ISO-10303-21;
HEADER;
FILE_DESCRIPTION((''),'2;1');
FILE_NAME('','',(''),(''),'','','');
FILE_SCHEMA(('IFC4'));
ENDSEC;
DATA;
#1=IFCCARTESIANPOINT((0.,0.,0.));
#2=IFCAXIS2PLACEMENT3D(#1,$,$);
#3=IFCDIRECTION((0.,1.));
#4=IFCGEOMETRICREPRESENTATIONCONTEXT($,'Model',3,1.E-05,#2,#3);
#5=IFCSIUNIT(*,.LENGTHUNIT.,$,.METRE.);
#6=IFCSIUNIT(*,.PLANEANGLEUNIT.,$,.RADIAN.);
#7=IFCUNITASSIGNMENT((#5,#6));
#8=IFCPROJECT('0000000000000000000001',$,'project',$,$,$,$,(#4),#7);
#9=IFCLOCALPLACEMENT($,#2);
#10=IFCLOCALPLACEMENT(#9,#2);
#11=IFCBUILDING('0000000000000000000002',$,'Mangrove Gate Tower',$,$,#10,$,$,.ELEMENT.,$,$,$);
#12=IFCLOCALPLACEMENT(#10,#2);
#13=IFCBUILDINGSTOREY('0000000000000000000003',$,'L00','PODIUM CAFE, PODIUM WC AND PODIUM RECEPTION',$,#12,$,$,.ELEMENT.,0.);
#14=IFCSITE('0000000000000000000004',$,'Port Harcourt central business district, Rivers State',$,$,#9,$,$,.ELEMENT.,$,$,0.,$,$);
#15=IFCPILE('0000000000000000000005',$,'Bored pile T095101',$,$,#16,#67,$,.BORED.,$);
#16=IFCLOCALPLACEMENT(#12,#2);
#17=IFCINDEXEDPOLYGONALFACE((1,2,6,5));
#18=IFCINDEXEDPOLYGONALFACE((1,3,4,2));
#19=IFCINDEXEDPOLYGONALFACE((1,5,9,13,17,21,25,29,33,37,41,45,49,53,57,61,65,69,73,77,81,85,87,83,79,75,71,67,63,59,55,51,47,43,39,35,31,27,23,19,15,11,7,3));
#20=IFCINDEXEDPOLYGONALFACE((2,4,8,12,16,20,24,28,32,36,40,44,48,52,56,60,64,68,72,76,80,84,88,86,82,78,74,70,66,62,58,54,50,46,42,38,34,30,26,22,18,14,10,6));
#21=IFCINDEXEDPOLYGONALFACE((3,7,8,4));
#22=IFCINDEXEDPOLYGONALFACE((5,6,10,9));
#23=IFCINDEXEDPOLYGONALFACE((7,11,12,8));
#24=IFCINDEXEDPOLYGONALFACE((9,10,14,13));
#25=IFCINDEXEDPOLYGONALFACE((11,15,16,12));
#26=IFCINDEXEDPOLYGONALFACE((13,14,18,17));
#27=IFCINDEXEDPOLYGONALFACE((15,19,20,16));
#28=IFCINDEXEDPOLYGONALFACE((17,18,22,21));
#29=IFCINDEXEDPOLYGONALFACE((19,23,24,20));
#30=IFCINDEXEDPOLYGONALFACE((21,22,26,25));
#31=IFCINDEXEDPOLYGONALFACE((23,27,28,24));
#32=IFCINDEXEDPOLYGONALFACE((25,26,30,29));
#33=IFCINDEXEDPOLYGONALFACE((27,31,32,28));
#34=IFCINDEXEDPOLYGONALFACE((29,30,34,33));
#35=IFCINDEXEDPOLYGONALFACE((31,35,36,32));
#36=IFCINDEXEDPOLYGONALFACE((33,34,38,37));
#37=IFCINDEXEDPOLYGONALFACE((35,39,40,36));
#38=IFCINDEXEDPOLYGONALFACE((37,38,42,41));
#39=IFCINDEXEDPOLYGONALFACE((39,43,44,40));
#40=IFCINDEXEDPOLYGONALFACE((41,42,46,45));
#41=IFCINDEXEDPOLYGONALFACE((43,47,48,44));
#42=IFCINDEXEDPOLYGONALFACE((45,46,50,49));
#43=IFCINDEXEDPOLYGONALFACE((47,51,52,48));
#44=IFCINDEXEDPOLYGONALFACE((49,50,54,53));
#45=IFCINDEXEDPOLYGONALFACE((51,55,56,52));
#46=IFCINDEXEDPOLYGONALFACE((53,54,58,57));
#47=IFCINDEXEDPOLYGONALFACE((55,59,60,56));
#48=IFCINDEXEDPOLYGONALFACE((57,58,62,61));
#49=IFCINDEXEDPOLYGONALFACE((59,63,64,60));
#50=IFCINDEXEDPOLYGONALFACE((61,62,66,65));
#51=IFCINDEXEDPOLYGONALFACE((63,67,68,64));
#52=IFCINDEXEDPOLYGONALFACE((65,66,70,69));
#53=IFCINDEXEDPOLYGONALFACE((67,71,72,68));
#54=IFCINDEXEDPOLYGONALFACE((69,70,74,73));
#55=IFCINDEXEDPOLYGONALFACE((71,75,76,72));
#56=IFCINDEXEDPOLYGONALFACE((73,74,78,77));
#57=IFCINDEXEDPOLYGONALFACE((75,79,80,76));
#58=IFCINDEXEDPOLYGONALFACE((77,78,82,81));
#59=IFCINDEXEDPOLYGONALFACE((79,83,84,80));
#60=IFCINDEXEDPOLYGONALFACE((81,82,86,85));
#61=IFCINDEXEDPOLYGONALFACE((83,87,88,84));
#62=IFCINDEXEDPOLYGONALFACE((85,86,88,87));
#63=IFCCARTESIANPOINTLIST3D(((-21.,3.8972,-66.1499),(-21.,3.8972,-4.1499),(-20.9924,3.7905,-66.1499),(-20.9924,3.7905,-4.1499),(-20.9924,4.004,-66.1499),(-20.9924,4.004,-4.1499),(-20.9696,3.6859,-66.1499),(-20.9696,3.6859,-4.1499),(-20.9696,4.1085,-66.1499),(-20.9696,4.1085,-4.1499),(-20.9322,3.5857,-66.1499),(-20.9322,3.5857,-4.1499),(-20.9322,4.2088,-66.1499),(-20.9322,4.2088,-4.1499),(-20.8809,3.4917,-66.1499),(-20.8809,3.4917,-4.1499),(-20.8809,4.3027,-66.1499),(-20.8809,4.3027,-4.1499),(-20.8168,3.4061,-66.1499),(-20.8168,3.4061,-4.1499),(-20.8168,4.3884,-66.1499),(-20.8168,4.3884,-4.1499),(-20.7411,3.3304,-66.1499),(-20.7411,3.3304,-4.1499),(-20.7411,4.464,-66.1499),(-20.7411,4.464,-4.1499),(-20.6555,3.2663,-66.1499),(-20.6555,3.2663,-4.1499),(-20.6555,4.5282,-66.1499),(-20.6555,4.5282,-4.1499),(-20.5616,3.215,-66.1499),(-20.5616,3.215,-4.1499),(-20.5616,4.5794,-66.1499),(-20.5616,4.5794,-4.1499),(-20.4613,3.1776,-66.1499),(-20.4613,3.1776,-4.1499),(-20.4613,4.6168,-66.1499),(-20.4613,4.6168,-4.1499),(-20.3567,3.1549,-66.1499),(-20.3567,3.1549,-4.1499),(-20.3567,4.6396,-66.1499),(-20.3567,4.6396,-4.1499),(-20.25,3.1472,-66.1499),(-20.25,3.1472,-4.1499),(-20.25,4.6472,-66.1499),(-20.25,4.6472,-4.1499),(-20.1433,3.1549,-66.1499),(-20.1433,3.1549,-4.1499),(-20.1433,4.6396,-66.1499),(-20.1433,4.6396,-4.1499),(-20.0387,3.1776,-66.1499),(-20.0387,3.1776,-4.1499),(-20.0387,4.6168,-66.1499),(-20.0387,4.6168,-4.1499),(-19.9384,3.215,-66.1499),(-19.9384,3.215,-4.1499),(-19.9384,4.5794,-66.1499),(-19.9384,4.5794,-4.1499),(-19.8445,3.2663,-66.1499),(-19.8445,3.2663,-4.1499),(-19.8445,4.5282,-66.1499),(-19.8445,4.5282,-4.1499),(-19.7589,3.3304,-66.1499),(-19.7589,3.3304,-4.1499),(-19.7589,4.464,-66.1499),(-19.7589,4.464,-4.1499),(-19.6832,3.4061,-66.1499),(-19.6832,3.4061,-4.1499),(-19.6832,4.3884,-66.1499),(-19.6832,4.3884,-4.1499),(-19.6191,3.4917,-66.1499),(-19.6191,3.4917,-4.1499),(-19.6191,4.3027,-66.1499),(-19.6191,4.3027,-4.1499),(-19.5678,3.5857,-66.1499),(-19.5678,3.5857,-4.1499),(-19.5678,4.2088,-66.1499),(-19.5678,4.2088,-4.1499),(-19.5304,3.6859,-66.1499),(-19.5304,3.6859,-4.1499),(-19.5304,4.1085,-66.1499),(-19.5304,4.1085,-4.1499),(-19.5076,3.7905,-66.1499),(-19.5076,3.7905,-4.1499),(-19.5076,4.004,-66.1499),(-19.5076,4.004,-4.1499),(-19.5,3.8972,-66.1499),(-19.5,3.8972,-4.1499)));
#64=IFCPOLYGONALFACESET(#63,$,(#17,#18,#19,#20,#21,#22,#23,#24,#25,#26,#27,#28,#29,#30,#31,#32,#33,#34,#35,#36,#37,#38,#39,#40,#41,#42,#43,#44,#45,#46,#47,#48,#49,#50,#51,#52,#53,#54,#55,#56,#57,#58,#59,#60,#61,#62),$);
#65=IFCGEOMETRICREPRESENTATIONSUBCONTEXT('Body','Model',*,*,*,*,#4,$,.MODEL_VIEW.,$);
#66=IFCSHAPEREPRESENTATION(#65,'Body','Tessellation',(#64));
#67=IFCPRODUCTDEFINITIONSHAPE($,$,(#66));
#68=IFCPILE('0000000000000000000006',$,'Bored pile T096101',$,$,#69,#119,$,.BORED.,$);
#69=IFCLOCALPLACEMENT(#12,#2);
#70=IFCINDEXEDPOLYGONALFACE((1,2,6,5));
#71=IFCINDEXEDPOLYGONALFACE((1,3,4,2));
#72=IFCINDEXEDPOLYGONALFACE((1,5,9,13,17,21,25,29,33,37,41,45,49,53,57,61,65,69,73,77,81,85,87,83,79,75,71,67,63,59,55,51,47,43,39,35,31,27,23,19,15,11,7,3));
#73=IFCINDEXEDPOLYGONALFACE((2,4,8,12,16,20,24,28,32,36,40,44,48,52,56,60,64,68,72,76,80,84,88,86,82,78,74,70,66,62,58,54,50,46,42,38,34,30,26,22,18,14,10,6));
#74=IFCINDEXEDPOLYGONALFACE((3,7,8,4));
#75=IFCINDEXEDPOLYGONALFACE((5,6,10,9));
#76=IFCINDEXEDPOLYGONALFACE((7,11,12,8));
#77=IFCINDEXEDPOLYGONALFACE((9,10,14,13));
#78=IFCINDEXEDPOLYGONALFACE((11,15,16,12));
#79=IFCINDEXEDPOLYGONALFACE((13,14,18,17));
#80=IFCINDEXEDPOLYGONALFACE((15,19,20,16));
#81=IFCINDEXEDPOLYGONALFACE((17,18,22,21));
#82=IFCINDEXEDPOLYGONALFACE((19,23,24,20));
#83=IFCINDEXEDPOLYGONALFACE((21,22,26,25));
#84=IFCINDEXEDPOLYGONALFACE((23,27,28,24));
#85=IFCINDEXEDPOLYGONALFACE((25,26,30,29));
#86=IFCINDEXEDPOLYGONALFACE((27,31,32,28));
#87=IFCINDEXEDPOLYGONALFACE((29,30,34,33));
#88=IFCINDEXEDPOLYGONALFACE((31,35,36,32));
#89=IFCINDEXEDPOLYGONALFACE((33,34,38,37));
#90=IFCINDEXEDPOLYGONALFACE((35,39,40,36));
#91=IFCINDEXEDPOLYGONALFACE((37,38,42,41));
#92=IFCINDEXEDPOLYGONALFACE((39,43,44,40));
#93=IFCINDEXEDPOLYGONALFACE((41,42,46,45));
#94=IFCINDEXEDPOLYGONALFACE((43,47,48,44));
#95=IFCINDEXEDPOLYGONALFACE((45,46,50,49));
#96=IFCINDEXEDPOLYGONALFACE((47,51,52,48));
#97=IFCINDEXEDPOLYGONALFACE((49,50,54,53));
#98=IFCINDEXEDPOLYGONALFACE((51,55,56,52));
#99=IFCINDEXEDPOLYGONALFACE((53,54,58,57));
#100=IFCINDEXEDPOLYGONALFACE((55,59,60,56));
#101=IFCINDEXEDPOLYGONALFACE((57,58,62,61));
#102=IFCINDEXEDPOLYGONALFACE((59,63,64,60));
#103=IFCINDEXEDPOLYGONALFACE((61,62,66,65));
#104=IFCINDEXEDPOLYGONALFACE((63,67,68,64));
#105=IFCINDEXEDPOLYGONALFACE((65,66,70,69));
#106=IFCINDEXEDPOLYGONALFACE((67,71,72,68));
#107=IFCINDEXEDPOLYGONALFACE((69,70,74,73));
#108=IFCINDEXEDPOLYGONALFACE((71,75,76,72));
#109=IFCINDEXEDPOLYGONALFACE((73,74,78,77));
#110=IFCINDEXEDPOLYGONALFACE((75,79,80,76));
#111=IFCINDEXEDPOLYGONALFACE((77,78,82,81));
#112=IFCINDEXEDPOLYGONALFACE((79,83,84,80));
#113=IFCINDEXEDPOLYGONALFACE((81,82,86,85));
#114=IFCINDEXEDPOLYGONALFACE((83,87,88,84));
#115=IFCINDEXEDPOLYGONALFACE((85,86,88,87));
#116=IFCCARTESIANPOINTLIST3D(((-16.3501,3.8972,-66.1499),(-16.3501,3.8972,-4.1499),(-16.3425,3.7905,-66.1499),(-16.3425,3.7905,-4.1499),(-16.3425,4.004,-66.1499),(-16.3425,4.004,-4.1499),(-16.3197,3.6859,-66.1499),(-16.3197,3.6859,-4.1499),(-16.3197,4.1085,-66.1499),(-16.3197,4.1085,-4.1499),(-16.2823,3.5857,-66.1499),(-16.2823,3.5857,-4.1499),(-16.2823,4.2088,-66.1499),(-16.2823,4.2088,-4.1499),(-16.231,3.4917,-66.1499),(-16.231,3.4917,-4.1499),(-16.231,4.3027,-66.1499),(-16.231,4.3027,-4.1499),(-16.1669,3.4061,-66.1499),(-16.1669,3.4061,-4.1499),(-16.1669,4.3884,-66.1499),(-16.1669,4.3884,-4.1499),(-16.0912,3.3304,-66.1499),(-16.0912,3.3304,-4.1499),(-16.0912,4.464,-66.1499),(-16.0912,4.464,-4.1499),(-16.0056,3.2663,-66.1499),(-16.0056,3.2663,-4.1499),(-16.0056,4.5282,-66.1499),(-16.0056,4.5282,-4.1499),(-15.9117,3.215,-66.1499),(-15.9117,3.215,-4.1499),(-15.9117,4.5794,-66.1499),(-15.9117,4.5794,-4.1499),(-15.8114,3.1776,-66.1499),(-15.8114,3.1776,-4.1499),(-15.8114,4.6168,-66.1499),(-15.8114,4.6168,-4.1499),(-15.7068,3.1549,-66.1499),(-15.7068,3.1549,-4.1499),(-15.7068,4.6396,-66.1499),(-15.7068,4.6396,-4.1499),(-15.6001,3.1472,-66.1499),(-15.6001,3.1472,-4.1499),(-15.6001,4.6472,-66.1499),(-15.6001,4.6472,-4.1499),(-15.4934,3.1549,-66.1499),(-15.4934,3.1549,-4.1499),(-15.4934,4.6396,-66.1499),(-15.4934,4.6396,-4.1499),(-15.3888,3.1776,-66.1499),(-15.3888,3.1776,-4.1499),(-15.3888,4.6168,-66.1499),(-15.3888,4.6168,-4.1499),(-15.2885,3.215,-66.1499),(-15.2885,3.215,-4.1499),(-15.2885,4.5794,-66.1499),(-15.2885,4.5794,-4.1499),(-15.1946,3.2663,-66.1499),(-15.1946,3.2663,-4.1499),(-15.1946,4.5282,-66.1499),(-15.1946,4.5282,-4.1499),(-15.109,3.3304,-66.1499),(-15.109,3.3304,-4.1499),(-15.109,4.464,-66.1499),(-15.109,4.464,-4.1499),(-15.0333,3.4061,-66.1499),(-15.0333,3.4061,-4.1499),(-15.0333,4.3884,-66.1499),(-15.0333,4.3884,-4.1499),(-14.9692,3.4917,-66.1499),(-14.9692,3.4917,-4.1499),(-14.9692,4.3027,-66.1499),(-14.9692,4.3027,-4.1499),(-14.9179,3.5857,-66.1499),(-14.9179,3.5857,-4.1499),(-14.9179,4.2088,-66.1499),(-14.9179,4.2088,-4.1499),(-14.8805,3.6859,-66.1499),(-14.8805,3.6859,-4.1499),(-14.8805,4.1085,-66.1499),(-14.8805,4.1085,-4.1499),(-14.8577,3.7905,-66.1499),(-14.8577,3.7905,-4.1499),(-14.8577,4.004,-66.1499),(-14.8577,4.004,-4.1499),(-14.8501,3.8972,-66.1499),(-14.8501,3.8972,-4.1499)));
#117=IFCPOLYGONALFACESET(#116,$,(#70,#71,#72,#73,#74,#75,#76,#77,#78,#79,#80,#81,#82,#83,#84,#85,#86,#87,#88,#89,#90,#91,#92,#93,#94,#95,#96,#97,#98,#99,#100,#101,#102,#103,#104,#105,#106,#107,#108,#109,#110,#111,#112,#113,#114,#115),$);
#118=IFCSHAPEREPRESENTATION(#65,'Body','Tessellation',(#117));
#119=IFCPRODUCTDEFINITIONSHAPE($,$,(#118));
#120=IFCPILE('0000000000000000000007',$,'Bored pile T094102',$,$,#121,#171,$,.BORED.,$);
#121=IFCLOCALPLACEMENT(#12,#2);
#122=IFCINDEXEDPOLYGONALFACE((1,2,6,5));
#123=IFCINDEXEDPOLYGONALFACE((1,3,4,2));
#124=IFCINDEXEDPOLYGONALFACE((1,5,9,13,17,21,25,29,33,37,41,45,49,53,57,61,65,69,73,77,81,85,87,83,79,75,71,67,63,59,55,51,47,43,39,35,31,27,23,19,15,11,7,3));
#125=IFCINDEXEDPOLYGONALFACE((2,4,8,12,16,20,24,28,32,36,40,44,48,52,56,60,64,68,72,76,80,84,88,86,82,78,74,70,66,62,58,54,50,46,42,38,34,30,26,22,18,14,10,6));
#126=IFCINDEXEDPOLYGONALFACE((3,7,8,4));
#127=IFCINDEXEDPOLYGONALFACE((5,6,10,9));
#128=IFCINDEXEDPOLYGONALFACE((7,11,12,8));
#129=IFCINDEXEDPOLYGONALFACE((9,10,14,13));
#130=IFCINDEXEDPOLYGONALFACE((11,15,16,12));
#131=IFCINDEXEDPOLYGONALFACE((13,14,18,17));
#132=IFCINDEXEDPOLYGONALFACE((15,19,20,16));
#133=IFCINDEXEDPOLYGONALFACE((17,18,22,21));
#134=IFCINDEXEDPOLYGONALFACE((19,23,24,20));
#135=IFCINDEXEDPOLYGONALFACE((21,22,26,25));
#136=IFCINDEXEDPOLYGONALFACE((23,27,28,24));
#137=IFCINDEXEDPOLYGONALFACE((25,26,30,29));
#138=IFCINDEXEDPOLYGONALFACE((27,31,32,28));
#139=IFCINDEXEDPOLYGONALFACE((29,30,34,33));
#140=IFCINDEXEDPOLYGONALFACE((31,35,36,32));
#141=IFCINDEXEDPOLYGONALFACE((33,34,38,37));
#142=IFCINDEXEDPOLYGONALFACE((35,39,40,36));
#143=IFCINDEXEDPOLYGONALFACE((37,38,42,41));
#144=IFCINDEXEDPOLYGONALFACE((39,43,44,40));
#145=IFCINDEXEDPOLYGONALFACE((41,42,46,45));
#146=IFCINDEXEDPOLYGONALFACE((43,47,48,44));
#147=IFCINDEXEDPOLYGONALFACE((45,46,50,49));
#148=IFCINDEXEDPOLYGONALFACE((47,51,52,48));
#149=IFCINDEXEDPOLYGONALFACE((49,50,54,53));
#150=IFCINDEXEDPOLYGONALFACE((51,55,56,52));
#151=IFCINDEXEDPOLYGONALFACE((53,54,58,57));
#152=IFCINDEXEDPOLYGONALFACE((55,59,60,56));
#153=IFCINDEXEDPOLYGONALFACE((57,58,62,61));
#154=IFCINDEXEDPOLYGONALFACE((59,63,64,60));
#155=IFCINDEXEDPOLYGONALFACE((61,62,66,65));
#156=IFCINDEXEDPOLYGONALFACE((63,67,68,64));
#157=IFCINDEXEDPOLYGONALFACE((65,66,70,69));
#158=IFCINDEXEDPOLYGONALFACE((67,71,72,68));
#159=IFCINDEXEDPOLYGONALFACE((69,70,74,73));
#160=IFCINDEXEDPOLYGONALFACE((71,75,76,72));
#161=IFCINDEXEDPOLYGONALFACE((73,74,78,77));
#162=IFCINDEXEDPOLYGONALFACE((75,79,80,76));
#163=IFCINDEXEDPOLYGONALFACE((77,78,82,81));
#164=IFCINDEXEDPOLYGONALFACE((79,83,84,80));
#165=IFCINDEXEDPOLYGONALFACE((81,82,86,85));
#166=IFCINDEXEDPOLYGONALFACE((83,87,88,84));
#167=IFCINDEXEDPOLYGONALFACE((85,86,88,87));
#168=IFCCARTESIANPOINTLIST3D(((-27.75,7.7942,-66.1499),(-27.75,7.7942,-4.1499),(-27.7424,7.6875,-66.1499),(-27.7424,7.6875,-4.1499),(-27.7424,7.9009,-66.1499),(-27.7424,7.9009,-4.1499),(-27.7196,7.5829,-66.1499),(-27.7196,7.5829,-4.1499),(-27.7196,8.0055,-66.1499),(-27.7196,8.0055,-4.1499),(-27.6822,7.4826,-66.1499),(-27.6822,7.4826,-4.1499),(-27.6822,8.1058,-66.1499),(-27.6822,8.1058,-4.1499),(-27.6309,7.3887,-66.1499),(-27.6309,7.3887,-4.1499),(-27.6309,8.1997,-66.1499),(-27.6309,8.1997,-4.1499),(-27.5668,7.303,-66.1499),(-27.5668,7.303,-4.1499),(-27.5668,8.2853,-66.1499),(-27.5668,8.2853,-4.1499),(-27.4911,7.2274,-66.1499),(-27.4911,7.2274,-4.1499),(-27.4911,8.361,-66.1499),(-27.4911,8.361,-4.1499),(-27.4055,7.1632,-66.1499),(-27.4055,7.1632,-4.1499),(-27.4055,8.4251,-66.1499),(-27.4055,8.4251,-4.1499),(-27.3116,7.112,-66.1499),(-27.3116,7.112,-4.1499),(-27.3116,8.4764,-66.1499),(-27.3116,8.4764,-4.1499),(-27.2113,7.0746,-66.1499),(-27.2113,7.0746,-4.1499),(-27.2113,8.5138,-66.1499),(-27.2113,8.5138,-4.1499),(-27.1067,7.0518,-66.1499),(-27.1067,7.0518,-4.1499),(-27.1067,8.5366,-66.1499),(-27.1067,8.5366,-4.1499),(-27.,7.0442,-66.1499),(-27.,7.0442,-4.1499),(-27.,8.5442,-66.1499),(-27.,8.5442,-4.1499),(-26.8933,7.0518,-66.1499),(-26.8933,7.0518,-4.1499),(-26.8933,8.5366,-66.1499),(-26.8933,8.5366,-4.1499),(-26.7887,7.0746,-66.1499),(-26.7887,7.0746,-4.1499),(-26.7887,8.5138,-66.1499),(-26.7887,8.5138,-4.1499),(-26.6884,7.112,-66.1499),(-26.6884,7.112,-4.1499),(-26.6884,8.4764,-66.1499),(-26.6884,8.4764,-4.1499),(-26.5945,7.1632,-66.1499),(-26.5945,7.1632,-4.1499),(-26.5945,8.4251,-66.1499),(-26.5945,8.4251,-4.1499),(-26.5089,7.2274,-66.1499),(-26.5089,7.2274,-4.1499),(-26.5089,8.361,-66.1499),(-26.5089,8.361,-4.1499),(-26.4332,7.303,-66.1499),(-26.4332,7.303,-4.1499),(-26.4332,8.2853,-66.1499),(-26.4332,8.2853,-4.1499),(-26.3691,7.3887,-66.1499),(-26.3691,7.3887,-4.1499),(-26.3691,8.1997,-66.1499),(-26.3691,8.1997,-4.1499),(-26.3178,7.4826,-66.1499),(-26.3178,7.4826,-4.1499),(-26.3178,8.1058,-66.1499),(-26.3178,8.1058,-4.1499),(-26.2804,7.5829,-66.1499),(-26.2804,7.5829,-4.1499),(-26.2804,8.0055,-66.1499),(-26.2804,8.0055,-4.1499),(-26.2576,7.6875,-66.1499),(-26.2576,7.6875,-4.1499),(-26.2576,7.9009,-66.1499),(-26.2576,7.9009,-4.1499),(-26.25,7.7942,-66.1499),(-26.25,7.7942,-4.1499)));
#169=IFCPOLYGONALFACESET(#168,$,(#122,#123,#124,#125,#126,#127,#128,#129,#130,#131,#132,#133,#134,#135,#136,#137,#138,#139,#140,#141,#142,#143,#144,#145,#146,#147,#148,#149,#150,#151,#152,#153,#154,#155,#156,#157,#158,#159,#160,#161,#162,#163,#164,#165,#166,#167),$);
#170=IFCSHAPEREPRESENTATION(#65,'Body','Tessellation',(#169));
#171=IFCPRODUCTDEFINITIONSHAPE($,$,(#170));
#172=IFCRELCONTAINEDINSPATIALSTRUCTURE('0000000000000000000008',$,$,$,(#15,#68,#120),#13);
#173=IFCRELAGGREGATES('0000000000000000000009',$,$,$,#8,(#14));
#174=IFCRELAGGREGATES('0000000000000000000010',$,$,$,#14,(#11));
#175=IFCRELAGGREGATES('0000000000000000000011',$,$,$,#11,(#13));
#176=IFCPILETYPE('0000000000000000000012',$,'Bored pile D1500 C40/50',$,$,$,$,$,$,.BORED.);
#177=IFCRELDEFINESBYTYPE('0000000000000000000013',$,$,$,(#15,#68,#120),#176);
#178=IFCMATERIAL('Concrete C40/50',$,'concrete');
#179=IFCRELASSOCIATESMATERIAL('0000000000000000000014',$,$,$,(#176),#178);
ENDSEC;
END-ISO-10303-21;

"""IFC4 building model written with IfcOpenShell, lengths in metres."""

from ifc_helpers import new_model, si_unit, direction, frame, origin, origin_2d, place, context, subcontext, project, spatial, circle, extrude, material, material_profile, profile_set, type_object, element, save


model = new_model("IFC4")

# Units and contexts
model_context = context("Model", 3, precision=1e-05, world=origin(), true_north=direction((0.0, 1.0)))
body_context = subcontext(model_context, "Body", "Model", "MODEL_VIEW")
ifc_project = project(units=[si_unit("LENGTHUNIT", "METRE"), si_unit("PLANEANGLEUNIT", "RADIAN")], contexts=[model_context])

# Site, building, storey
site_placement = place(None, origin())
site = spatial("IfcSite", under=ifc_project, at=site_placement, Name="Port Harcourt central business district, Rivers State", CompositionType="ELEMENT", RefElevation=0.0)
building_placement = place(site_placement, origin())
building = spatial("IfcBuilding", under=site, at=building_placement, Name="Mangrove Gate Tower", CompositionType="ELEMENT")
storey_placement = place(building_placement, origin())
storey = spatial("IfcBuildingStorey", under=building, at=storey_placement, Name="L00", Description="PODIUM CAFE, PODIUM WC AND PODIUM RECEPTION", CompositionType="ELEMENT", Elevation=0.0)

# Piles
ifc_material = material(Name="Concrete C40/50", Category="concrete")
ifc_material_profile = material_profile(ifc_material, circle(Radius=0.75, at=origin_2d()))
ifc_profile_set = profile_set([ifc_material_profile], Name="Concrete C40/50")
pile_type = type_object("IfcPileType", Name="Bored pile D1500 C40/50", PredefinedType="BORED", material=ifc_profile_set)
for number, where, z_axis, x_axis, name in (
    (1, (-20.25, 3.8972, -4.1499), (0.0, 0.0, -1.0), (1.0, 0.0, 0.0), "Bored pile T095101"),
    (2, (-15.6001, 3.8972, -4.1499), (0.0, 0.0, -1.0), (1.0, 0.0, 0.0), "Bored pile T096101"),
    (3, (-27.0, 7.7942, -4.1499), (0.0, 0.0, -1.0), (1.0, 0.0, 0.0), "Bored pile T094102"),
):
    element("IfcPile", number, at=place(storey_placement, frame(where, z_axis=z_axis, x_axis=x_axis)), inside=storey, type_object=pile_type, Name=name, PredefinedType="BORED", context=body_context, shape_type="SweptSolid", body=[
        extrude(circle(Radius=0.75, at=origin_2d()), origin(), (0.0, 0.0, 1.0), 62.0),
    ])

save(model, "model.ifc")
